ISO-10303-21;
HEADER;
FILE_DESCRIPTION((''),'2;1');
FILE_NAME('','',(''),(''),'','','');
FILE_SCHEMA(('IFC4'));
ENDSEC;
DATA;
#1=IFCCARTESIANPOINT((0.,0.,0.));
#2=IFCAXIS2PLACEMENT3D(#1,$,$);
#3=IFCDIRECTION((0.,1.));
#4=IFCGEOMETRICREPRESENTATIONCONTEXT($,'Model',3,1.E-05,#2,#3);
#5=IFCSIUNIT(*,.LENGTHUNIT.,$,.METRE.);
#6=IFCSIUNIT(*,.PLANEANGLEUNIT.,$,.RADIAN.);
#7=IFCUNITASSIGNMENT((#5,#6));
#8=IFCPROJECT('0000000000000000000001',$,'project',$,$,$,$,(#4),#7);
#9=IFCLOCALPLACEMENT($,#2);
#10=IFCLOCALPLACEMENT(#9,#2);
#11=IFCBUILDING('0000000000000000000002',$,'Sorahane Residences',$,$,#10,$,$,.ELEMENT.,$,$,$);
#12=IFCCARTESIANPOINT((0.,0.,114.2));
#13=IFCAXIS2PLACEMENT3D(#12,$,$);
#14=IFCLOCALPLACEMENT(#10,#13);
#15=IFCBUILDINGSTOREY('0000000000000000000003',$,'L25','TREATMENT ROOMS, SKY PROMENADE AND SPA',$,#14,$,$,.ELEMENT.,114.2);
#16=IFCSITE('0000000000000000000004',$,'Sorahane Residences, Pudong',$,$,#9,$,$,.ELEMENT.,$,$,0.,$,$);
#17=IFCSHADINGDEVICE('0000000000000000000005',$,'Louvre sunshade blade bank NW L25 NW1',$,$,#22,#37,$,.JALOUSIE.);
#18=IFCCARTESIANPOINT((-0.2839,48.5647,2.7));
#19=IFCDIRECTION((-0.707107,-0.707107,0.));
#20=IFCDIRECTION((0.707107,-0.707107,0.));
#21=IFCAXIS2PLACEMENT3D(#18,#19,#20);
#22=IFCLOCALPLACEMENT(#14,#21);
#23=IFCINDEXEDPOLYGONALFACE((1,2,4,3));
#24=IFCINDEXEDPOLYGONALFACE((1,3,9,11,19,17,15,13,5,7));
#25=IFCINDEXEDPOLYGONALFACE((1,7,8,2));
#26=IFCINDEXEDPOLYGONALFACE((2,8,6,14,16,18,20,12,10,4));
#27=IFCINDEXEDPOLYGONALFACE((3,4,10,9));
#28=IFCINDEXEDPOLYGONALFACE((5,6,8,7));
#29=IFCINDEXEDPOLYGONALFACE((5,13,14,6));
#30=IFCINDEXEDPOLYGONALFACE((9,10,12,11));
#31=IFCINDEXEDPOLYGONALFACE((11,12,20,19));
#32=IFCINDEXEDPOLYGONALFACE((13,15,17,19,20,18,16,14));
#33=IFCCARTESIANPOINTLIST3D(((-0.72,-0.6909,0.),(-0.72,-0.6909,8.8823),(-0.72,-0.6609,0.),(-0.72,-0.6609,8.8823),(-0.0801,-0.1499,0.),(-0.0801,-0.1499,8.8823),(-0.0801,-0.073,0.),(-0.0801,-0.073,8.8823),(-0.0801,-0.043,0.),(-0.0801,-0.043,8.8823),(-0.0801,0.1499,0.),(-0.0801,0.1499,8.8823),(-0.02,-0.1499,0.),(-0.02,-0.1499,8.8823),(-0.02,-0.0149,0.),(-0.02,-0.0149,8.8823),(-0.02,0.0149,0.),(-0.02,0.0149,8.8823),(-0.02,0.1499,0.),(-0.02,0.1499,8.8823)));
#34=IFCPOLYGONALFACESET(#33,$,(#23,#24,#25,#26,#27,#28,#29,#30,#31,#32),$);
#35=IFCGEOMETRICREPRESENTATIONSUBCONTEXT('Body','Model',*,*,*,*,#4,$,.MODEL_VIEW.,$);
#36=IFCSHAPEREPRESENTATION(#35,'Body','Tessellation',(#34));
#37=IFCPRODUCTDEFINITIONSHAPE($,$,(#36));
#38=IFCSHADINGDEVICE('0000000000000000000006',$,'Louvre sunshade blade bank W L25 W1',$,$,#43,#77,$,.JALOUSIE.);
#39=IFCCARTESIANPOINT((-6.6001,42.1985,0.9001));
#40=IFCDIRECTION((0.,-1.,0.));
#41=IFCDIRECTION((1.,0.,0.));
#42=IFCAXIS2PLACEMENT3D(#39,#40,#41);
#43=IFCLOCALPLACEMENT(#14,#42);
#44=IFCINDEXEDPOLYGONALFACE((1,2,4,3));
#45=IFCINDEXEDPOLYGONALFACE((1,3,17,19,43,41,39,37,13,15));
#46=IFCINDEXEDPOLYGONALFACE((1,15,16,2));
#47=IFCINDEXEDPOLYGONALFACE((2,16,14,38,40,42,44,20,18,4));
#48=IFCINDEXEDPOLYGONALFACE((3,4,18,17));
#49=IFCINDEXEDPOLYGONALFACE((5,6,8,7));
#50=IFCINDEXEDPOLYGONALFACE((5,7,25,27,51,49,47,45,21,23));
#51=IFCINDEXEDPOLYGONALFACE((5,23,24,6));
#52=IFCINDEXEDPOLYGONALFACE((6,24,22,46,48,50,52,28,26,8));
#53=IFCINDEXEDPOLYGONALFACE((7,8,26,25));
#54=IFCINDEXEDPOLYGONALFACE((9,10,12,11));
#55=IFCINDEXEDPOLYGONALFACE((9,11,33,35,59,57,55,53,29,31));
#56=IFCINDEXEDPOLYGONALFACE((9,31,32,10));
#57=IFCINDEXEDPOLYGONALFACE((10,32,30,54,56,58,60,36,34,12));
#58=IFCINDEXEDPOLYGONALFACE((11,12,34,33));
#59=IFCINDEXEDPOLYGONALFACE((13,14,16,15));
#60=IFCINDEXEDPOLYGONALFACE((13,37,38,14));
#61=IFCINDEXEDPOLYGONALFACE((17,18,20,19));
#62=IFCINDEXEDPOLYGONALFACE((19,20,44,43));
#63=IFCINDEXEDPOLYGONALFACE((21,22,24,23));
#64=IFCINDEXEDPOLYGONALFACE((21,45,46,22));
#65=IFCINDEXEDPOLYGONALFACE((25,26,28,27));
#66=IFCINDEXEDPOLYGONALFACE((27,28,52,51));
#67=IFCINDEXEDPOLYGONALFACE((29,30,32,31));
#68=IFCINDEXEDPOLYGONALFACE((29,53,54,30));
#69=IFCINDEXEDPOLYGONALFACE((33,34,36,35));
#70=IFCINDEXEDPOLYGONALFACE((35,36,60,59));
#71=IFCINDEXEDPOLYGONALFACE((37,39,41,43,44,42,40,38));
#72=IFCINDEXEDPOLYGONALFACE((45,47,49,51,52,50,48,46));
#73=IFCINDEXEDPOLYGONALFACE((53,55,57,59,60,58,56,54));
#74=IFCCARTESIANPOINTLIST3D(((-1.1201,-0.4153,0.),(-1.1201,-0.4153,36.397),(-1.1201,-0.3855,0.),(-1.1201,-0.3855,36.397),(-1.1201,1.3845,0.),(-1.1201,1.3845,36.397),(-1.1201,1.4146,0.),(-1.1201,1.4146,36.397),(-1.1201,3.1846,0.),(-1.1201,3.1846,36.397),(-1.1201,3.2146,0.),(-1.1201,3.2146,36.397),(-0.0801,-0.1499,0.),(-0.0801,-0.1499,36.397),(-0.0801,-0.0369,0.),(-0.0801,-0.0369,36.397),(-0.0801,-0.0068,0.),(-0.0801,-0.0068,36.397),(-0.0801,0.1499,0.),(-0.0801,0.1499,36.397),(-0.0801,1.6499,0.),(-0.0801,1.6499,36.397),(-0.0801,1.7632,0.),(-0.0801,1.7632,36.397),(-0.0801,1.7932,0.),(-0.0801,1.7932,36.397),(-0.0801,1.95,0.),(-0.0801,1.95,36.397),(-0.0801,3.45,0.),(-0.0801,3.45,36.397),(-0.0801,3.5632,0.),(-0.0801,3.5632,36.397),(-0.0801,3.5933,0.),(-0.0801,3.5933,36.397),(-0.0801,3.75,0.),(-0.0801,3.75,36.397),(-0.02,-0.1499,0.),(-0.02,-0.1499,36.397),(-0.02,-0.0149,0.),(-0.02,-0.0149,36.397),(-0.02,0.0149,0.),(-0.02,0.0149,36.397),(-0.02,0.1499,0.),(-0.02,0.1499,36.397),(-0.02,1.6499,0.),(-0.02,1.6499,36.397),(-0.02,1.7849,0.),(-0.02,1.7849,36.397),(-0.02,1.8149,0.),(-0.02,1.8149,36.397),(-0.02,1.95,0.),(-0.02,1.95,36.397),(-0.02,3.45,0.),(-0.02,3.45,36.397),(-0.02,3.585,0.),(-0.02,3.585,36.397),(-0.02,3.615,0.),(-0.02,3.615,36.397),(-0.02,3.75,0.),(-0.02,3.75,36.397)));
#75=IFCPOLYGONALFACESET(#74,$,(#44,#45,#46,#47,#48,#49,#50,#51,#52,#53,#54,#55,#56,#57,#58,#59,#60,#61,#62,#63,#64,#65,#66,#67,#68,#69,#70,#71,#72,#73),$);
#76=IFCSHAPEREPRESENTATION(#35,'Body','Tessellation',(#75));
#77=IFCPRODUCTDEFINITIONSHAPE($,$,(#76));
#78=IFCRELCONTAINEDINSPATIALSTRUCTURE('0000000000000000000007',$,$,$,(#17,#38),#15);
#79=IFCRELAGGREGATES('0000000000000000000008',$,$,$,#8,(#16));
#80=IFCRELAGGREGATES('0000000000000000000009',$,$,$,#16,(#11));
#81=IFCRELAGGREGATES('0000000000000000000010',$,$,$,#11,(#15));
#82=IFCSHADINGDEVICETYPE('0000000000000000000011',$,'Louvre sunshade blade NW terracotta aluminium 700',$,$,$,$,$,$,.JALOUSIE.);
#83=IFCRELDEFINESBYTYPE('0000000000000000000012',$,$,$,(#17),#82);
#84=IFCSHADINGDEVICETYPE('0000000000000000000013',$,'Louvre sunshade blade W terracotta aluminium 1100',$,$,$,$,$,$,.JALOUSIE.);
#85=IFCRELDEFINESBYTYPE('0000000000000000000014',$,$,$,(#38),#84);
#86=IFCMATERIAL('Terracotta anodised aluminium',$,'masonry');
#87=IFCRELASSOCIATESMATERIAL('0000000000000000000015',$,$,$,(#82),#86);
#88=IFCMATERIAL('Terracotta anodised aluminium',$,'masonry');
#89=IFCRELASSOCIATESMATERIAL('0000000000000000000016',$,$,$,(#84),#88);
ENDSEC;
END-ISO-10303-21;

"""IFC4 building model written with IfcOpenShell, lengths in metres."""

from ifc_helpers import new_model, si_unit, direction, frame, origin, place, context, subcontext, project, spatial, polyline, outline, composite_profile, extrude, material, type_object, element, save


model = new_model("IFC4")

# Units and contexts
model_context = context("Model", 3, precision=1e-05, world=origin(), true_north=direction((0.0, 1.0)))
body_context = subcontext(model_context, "Body", "Model", "MODEL_VIEW")
ifc_project = project(units=[si_unit("LENGTHUNIT", "METRE"), si_unit("PLANEANGLEUNIT", "RADIAN")], contexts=[model_context])

# Site, building, storey
site_placement = place(None, origin())
site = spatial("IfcSite", under=ifc_project, at=site_placement, Name="Sorahane Residences, Pudong", CompositionType="ELEMENT", RefElevation=0.0)
building_placement = place(site_placement, origin())
building = spatial("IfcBuilding", under=site, at=building_placement, Name="Sorahane Residences", CompositionType="ELEMENT")
storey_placement = place(building_placement, frame((0.0, 0.0, 114.2)))
storey = spatial("IfcBuildingStorey", under=building, at=storey_placement, Name="L25", Description="TREATMENT ROOMS, SKY PROMENADE AND SPA", CompositionType="ELEMENT", Elevation=114.2)

# Shading devices
ifc_material_1 = material(Name="Terracotta anodised aluminium", Category="masonry")
shading_device_type_1 = type_object("IfcShadingDeviceType", Name="Louvre sunshade blade NW terracotta aluminium 700", PredefinedType="JALOUSIE", material=ifc_material_1)
shading_device_1_placement = place(storey_placement, frame((-0.2839, 48.5647, 2.7), z_axis=(-0.707107, -0.707107, 0.0), x_axis=(0.707107, -0.707107, 0.0)))
element("IfcShadingDevice", 1, at=shading_device_1_placement, inside=storey, type_object=shading_device_type_1, Name="Louvre sunshade blade bank NW L25 NW1", PredefinedType="JALOUSIE", context=body_context, shape_type="SweptSolid", body=[
    extrude(outline(polyline([(-0.72, -0.6609), (-0.72, -0.6909), (-0.0801, -0.073), (-0.0801, -0.1499), (-0.02, -0.1499), (-0.02, -0.0149), (-0.02, 0.0149), (-0.02, 0.1499), (-0.0801, 0.1499), (-0.0801, -0.043), (-0.72, -0.6609)])), origin(), (0.0, 0.0, 1.0), 8.8823),
])
ifc_material_2 = material(Name="Terracotta anodised aluminium", Category="masonry")
shading_device_type_2 = type_object("IfcShadingDeviceType", Name="Louvre sunshade blade W terracotta aluminium 1100", PredefinedType="JALOUSIE", material=ifc_material_2)
shading_device_2_placement = place(storey_placement, frame((-6.6001, 42.1985, 0.9001), z_axis=(0.0, -1.0, 0.0), x_axis=(1.0, 0.0, 0.0)))
element("IfcShadingDevice", 2, at=shading_device_2_placement, inside=storey, type_object=shading_device_type_2, Name="Louvre sunshade blade bank W L25 W1", PredefinedType="JALOUSIE", context=body_context, shape_type="SweptSolid", body=[
    extrude(composite_profile([outline(polyline([(-1.1201, -0.3855), (-1.1201, -0.4153), (-0.0801, -0.0369), (-0.0801, -0.1499), (-0.02, -0.1499), (-0.02, -0.0149), (-0.02, 0.0149), (-0.02, 0.1499), (-0.0801, 0.1499), (-0.0801, -0.0068), (-1.1201, -0.3855)])), outline(polyline([(-1.1201, 1.4146), (-1.1201, 1.3845), (-0.0801, 1.7632), (-0.0801, 1.6499), (-0.02, 1.6499), (-0.02, 1.7849), (-0.02, 1.8149), (-0.02, 1.95), (-0.0801, 1.95), (-0.0801, 1.7932), (-1.1201, 1.4146)])), outline(polyline([(-1.1201, 3.2146), (-1.1201, 3.1846), (-0.0801, 3.5632), (-0.0801, 3.45), (-0.02, 3.45), (-0.02, 3.585), (-0.02, 3.615), (-0.02, 3.75), (-0.0801, 3.75), (-0.0801, 3.5933), (-1.1201, 3.2146)]))]), origin(), (0.0, 0.0, 1.0), 36.397),
])

save(model, "model.ifc")
